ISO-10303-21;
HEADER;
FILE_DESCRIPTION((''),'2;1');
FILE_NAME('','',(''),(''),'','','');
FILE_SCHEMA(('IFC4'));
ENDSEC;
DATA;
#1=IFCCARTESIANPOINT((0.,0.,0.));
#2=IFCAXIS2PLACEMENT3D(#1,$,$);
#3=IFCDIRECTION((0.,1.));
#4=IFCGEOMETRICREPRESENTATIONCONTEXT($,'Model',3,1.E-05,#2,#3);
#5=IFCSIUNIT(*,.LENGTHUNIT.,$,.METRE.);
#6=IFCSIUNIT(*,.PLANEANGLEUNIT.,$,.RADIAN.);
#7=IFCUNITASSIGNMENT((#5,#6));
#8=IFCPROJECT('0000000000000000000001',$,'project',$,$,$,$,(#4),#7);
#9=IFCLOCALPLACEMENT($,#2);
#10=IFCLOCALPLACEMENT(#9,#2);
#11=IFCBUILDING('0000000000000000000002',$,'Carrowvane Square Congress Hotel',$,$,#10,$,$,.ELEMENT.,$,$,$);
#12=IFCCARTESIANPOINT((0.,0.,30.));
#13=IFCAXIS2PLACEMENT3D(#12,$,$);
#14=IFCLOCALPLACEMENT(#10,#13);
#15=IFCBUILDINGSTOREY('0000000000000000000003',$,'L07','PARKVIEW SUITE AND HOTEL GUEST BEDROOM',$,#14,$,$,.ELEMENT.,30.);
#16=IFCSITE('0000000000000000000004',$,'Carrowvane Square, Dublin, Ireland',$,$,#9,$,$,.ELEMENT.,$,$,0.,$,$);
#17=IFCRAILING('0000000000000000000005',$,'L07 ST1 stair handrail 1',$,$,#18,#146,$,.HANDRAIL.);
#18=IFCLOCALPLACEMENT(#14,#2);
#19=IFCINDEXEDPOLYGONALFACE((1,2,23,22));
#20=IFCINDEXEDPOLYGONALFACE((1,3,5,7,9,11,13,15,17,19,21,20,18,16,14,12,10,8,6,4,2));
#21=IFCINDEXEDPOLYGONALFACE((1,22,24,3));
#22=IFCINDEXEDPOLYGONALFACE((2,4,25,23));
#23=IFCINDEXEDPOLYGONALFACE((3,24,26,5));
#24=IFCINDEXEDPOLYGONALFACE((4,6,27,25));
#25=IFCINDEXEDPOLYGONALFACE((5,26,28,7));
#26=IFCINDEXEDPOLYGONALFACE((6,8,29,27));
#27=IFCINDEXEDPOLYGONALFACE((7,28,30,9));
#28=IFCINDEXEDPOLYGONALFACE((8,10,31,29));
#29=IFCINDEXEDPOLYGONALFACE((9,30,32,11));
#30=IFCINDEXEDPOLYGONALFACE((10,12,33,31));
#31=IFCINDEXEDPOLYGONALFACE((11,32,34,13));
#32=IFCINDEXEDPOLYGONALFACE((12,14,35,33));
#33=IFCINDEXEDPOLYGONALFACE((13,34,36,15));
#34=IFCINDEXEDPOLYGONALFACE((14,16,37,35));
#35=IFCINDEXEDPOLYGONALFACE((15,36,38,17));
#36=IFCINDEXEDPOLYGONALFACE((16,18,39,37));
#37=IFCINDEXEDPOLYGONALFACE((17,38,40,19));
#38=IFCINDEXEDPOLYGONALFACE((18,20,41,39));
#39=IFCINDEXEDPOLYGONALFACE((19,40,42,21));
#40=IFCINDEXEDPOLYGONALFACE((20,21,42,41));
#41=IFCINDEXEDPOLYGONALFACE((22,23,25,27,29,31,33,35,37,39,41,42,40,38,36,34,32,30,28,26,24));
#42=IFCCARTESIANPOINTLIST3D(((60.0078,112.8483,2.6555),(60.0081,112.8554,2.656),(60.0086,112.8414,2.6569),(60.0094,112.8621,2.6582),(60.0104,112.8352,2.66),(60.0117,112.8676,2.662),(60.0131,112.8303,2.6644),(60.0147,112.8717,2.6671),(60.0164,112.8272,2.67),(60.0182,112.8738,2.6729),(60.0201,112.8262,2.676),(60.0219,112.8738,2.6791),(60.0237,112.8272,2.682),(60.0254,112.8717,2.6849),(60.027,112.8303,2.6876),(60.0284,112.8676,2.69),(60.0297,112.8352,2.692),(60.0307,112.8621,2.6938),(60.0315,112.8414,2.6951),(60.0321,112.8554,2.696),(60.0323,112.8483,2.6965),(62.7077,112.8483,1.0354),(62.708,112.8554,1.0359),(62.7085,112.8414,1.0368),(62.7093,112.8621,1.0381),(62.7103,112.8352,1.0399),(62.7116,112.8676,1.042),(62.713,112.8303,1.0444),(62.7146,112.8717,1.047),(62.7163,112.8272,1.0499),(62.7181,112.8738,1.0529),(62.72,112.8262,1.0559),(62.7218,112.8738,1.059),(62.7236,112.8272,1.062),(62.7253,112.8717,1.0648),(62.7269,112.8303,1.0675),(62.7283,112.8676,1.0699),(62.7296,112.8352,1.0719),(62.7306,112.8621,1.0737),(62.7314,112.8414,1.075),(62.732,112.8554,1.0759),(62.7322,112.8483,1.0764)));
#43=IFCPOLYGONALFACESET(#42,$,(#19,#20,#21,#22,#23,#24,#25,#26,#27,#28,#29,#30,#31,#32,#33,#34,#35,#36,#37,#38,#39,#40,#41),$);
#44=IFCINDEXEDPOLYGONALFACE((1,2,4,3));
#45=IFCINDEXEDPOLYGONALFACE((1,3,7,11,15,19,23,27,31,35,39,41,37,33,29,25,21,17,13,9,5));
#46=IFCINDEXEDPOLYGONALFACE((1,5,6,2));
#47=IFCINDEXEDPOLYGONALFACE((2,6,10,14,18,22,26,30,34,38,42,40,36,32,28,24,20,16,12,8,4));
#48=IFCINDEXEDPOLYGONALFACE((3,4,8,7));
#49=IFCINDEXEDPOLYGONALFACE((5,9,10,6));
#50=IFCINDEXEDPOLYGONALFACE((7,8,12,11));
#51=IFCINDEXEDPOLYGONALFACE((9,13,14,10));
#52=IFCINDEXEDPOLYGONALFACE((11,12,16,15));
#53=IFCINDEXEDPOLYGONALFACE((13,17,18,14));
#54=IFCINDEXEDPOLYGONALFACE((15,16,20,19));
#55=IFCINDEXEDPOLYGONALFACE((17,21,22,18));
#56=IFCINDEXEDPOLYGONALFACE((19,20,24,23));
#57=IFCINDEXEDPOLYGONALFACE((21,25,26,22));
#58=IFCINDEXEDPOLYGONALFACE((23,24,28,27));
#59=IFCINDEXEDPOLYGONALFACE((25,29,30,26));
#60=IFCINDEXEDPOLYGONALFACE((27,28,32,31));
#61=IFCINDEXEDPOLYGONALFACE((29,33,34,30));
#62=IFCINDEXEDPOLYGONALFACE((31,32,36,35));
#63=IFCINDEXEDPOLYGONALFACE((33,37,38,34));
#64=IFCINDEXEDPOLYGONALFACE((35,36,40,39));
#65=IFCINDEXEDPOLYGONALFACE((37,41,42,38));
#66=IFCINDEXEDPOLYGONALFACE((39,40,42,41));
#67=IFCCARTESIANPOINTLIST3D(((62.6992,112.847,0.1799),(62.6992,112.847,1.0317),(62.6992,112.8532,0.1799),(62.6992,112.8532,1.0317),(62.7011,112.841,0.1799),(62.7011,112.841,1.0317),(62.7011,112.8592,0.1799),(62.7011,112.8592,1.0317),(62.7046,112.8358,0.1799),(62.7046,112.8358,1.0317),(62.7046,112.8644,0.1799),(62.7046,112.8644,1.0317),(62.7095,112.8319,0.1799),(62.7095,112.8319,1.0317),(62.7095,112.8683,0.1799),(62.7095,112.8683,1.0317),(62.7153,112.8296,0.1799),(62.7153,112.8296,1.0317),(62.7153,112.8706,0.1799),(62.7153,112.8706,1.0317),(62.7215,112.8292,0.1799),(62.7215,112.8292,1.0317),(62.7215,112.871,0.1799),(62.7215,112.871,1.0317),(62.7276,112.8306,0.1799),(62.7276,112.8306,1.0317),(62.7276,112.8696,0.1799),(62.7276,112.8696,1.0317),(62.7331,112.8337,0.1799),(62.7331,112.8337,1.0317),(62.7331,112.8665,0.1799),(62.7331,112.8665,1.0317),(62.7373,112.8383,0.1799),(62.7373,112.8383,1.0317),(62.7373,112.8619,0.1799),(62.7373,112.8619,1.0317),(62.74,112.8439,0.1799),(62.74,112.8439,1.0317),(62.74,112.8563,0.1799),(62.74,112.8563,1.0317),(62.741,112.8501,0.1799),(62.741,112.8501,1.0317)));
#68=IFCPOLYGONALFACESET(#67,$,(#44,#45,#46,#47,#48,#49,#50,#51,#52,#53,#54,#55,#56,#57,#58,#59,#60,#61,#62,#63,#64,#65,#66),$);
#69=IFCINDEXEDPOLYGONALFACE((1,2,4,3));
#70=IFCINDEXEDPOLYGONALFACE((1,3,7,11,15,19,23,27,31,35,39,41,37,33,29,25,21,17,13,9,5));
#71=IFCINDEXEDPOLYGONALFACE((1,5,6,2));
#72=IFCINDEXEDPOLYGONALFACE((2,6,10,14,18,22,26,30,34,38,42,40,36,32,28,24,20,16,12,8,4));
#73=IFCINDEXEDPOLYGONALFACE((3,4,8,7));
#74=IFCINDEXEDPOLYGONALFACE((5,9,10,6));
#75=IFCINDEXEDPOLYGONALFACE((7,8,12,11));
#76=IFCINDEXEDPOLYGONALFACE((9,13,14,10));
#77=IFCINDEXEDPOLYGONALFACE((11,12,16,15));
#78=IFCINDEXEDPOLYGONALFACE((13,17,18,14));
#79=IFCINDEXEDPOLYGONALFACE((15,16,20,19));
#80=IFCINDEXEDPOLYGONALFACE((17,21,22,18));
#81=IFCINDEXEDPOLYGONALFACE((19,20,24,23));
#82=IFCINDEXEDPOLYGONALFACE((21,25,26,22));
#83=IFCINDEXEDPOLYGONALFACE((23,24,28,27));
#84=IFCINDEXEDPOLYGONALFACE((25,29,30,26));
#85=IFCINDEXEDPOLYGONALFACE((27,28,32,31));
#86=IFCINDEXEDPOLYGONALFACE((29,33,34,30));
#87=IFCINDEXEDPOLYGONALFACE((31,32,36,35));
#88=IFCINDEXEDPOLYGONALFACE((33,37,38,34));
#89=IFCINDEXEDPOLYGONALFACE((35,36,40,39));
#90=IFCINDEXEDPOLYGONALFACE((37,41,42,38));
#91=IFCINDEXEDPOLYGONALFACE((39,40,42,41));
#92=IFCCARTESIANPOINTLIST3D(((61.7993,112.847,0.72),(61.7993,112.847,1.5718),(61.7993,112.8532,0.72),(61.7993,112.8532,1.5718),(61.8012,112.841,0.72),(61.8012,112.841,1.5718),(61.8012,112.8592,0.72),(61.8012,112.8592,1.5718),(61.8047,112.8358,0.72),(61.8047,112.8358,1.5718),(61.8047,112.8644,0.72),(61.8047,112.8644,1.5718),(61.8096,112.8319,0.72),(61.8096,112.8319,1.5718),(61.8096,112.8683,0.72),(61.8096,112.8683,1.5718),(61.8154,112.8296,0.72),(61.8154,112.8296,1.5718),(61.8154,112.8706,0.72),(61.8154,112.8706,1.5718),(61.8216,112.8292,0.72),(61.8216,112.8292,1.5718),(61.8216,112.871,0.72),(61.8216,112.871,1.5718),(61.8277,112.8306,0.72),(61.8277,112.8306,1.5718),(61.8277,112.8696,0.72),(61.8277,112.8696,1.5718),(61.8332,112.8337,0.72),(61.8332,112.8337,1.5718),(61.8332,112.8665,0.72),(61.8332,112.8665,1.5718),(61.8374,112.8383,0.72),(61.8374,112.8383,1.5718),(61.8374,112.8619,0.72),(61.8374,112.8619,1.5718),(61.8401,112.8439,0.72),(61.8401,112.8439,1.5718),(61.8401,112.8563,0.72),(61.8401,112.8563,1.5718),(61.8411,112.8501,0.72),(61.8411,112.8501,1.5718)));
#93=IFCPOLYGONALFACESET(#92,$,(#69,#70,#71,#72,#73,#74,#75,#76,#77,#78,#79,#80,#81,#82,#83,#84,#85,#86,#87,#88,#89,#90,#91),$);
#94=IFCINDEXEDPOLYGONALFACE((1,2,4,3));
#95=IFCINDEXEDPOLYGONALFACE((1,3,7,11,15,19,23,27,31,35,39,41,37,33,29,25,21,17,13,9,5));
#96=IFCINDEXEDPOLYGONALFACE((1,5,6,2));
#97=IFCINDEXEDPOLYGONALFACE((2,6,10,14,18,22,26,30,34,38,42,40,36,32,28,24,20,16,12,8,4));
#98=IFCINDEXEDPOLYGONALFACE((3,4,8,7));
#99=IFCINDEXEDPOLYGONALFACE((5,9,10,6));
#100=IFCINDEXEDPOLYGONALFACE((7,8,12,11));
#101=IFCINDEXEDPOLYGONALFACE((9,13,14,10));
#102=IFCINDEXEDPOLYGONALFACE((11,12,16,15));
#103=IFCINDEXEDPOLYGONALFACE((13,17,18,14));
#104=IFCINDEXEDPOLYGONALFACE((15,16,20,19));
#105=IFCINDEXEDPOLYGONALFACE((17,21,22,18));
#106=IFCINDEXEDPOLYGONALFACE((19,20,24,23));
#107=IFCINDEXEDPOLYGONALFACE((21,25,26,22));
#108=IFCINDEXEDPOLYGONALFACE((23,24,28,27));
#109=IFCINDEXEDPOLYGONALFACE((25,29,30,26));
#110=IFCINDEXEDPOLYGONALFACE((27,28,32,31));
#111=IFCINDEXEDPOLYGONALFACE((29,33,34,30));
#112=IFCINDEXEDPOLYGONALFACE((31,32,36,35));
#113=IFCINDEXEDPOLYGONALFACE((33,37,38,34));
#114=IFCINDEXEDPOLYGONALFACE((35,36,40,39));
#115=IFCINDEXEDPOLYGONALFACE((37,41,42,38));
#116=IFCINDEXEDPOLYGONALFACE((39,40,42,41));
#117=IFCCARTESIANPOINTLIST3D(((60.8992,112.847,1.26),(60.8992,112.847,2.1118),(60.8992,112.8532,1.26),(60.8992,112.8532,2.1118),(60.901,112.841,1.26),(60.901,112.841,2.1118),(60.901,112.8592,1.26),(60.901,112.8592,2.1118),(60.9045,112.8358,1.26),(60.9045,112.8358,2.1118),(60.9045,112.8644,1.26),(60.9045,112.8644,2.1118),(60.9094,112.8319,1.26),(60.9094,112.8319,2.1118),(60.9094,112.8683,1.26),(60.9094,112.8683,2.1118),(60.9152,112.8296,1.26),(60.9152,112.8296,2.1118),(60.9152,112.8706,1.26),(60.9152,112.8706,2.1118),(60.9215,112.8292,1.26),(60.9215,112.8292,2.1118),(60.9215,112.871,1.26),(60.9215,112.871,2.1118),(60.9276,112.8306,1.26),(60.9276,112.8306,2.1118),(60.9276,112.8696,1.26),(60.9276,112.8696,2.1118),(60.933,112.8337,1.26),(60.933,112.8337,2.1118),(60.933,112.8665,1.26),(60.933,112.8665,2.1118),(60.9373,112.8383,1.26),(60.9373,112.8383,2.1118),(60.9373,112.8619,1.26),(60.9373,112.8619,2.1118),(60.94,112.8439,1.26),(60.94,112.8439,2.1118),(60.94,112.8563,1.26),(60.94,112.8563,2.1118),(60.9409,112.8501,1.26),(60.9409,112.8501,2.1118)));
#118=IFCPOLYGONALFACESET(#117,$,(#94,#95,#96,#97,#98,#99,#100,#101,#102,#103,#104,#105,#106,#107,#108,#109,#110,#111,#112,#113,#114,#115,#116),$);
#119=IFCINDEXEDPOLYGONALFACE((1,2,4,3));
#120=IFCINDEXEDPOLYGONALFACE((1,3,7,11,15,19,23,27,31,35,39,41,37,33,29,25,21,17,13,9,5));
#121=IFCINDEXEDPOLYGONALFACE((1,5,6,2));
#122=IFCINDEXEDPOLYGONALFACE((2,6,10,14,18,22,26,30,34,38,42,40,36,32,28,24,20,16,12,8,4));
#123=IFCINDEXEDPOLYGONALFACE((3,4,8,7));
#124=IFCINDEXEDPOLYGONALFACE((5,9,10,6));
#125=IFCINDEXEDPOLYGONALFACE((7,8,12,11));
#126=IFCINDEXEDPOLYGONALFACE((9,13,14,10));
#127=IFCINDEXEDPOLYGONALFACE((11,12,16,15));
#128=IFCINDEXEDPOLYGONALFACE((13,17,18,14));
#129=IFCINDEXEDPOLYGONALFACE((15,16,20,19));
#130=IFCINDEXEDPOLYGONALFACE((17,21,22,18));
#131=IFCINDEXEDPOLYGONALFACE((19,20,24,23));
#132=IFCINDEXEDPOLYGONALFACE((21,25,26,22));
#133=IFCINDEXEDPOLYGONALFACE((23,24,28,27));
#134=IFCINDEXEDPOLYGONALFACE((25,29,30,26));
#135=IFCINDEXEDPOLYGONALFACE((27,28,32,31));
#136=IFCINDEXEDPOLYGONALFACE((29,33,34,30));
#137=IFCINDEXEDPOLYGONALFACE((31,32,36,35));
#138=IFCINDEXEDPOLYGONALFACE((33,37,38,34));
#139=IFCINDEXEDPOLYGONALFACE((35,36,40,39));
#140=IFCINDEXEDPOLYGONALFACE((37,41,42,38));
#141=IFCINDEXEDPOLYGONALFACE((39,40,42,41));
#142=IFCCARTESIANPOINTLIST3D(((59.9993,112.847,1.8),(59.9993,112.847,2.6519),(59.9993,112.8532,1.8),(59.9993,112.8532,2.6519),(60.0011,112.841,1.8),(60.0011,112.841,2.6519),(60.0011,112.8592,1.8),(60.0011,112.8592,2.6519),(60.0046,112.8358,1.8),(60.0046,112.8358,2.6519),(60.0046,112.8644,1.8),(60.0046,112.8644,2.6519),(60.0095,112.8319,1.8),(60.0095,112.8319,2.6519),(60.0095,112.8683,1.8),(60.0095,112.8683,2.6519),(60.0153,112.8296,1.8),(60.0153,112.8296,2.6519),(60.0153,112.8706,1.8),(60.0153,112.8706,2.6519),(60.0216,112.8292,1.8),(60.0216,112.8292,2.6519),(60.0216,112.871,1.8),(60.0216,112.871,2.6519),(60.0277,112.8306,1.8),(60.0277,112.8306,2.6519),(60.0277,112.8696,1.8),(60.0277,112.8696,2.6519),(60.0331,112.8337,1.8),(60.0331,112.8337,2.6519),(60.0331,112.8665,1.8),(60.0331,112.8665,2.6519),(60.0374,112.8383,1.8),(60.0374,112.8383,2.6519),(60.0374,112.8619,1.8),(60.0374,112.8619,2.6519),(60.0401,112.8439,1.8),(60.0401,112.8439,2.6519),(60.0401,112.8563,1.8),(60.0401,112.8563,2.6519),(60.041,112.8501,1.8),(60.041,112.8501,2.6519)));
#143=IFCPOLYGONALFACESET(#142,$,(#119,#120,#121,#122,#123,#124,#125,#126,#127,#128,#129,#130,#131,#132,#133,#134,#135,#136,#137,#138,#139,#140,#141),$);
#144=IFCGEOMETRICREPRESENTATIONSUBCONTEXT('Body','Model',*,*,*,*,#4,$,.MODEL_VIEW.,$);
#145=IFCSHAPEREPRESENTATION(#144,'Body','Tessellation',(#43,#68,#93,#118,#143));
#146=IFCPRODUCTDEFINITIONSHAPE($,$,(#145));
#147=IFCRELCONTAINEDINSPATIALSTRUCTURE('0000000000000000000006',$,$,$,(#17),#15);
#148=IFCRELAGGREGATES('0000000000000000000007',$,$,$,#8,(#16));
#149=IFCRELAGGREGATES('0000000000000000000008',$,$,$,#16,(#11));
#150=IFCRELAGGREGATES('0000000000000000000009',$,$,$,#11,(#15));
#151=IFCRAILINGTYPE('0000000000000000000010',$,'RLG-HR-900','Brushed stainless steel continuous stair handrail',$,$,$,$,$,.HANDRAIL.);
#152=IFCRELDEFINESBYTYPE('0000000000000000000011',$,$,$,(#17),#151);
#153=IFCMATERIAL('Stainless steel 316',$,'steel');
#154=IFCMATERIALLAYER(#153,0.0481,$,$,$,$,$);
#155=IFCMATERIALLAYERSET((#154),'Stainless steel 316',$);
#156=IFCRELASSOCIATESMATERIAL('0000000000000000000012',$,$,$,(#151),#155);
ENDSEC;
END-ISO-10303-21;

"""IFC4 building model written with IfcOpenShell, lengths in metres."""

from ifc_helpers import new_model, si_unit, direction, frame, origin, origin_2d, place, context, subcontext, project, spatial, circle, extrude, material, layer, layer_set, type_object, element, save


model = new_model("IFC4")

# Units and contexts
model_context = context("Model", 3, precision=1e-05, world=origin(), true_north=direction((0.0, 1.0)))
body_context = subcontext(model_context, "Body", "Model", "MODEL_VIEW")
ifc_project = project(units=[si_unit("LENGTHUNIT", "METRE"), si_unit("PLANEANGLEUNIT", "RADIAN")], contexts=[model_context])

# Site, building, storey
site_placement = place(None, origin())
site = spatial("IfcSite", under=ifc_project, at=site_placement, Name="Carrowvane Square, Dublin, Ireland", CompositionType="ELEMENT", RefElevation=0.0)
building_placement = place(site_placement, origin())
building = spatial("IfcBuilding", under=site, at=building_placement, Name="Carrowvane Square Congress Hotel", CompositionType="ELEMENT")
storey_placement = place(building_placement, frame((0.0, 0.0, 30.0)))
storey = spatial("IfcBuildingStorey", under=building, at=storey_placement, Name="L07", Description="PARKVIEW SUITE AND HOTEL GUEST BEDROOM", CompositionType="ELEMENT", Elevation=30.0)

# Railing
ifc_material_1 = material(Name="Stainless steel 316", Category="steel")
ifc_layer_1 = layer(ifc_material_1, 0.0481)
ifc_layer_set_1 = layer_set([ifc_layer_1], Name="Stainless steel 316")
railing_type_1 = type_object("IfcRailingType", Name="RLG-HR-900", Description="Brushed stainless steel continuous stair handrail", PredefinedType="HANDRAIL", material=ifc_layer_set_1)
railing_1_placement = place(storey_placement, frame((62.72, 112.8501, 0.1799)))
element("IfcRailing", 1, at=railing_1_placement, inside=storey, type_object=railing_type_1, Name="L07 ST1 stair handrail 1", PredefinedType="HANDRAIL", context=body_context, shape_type="SweptSolid", body=[
    extrude(circle(Radius=0.0239, at=origin_2d()), frame((0.0, 0.0, 0.876), z_axis=(-0.857472, 0.0, 0.51453), x_axis=(0.0, -1.0, 0.0)), (0.0, 0.0, 1.0), 3.1487),
    extrude(circle(Radius=0.021, at=origin_2d()), origin(), (0.0, 0.0, 1.0), 0.8518),
    extrude(circle(Radius=0.021, at=origin_2d()), frame((-0.8999, 0.0, 0.54)), (0.0, 0.0, 1.0), 0.8518),
    extrude(circle(Radius=0.021, at=origin_2d()), frame((-1.8, 0.0, 1.0801)), (0.0, 0.0, 1.0), 0.8518),
    extrude(circle(Radius=0.021, at=origin_2d()), frame((-2.7, 0.0, 1.6201)), (0.0, 0.0, 1.0), 0.8518),
])

save(model, "model.ifc")
